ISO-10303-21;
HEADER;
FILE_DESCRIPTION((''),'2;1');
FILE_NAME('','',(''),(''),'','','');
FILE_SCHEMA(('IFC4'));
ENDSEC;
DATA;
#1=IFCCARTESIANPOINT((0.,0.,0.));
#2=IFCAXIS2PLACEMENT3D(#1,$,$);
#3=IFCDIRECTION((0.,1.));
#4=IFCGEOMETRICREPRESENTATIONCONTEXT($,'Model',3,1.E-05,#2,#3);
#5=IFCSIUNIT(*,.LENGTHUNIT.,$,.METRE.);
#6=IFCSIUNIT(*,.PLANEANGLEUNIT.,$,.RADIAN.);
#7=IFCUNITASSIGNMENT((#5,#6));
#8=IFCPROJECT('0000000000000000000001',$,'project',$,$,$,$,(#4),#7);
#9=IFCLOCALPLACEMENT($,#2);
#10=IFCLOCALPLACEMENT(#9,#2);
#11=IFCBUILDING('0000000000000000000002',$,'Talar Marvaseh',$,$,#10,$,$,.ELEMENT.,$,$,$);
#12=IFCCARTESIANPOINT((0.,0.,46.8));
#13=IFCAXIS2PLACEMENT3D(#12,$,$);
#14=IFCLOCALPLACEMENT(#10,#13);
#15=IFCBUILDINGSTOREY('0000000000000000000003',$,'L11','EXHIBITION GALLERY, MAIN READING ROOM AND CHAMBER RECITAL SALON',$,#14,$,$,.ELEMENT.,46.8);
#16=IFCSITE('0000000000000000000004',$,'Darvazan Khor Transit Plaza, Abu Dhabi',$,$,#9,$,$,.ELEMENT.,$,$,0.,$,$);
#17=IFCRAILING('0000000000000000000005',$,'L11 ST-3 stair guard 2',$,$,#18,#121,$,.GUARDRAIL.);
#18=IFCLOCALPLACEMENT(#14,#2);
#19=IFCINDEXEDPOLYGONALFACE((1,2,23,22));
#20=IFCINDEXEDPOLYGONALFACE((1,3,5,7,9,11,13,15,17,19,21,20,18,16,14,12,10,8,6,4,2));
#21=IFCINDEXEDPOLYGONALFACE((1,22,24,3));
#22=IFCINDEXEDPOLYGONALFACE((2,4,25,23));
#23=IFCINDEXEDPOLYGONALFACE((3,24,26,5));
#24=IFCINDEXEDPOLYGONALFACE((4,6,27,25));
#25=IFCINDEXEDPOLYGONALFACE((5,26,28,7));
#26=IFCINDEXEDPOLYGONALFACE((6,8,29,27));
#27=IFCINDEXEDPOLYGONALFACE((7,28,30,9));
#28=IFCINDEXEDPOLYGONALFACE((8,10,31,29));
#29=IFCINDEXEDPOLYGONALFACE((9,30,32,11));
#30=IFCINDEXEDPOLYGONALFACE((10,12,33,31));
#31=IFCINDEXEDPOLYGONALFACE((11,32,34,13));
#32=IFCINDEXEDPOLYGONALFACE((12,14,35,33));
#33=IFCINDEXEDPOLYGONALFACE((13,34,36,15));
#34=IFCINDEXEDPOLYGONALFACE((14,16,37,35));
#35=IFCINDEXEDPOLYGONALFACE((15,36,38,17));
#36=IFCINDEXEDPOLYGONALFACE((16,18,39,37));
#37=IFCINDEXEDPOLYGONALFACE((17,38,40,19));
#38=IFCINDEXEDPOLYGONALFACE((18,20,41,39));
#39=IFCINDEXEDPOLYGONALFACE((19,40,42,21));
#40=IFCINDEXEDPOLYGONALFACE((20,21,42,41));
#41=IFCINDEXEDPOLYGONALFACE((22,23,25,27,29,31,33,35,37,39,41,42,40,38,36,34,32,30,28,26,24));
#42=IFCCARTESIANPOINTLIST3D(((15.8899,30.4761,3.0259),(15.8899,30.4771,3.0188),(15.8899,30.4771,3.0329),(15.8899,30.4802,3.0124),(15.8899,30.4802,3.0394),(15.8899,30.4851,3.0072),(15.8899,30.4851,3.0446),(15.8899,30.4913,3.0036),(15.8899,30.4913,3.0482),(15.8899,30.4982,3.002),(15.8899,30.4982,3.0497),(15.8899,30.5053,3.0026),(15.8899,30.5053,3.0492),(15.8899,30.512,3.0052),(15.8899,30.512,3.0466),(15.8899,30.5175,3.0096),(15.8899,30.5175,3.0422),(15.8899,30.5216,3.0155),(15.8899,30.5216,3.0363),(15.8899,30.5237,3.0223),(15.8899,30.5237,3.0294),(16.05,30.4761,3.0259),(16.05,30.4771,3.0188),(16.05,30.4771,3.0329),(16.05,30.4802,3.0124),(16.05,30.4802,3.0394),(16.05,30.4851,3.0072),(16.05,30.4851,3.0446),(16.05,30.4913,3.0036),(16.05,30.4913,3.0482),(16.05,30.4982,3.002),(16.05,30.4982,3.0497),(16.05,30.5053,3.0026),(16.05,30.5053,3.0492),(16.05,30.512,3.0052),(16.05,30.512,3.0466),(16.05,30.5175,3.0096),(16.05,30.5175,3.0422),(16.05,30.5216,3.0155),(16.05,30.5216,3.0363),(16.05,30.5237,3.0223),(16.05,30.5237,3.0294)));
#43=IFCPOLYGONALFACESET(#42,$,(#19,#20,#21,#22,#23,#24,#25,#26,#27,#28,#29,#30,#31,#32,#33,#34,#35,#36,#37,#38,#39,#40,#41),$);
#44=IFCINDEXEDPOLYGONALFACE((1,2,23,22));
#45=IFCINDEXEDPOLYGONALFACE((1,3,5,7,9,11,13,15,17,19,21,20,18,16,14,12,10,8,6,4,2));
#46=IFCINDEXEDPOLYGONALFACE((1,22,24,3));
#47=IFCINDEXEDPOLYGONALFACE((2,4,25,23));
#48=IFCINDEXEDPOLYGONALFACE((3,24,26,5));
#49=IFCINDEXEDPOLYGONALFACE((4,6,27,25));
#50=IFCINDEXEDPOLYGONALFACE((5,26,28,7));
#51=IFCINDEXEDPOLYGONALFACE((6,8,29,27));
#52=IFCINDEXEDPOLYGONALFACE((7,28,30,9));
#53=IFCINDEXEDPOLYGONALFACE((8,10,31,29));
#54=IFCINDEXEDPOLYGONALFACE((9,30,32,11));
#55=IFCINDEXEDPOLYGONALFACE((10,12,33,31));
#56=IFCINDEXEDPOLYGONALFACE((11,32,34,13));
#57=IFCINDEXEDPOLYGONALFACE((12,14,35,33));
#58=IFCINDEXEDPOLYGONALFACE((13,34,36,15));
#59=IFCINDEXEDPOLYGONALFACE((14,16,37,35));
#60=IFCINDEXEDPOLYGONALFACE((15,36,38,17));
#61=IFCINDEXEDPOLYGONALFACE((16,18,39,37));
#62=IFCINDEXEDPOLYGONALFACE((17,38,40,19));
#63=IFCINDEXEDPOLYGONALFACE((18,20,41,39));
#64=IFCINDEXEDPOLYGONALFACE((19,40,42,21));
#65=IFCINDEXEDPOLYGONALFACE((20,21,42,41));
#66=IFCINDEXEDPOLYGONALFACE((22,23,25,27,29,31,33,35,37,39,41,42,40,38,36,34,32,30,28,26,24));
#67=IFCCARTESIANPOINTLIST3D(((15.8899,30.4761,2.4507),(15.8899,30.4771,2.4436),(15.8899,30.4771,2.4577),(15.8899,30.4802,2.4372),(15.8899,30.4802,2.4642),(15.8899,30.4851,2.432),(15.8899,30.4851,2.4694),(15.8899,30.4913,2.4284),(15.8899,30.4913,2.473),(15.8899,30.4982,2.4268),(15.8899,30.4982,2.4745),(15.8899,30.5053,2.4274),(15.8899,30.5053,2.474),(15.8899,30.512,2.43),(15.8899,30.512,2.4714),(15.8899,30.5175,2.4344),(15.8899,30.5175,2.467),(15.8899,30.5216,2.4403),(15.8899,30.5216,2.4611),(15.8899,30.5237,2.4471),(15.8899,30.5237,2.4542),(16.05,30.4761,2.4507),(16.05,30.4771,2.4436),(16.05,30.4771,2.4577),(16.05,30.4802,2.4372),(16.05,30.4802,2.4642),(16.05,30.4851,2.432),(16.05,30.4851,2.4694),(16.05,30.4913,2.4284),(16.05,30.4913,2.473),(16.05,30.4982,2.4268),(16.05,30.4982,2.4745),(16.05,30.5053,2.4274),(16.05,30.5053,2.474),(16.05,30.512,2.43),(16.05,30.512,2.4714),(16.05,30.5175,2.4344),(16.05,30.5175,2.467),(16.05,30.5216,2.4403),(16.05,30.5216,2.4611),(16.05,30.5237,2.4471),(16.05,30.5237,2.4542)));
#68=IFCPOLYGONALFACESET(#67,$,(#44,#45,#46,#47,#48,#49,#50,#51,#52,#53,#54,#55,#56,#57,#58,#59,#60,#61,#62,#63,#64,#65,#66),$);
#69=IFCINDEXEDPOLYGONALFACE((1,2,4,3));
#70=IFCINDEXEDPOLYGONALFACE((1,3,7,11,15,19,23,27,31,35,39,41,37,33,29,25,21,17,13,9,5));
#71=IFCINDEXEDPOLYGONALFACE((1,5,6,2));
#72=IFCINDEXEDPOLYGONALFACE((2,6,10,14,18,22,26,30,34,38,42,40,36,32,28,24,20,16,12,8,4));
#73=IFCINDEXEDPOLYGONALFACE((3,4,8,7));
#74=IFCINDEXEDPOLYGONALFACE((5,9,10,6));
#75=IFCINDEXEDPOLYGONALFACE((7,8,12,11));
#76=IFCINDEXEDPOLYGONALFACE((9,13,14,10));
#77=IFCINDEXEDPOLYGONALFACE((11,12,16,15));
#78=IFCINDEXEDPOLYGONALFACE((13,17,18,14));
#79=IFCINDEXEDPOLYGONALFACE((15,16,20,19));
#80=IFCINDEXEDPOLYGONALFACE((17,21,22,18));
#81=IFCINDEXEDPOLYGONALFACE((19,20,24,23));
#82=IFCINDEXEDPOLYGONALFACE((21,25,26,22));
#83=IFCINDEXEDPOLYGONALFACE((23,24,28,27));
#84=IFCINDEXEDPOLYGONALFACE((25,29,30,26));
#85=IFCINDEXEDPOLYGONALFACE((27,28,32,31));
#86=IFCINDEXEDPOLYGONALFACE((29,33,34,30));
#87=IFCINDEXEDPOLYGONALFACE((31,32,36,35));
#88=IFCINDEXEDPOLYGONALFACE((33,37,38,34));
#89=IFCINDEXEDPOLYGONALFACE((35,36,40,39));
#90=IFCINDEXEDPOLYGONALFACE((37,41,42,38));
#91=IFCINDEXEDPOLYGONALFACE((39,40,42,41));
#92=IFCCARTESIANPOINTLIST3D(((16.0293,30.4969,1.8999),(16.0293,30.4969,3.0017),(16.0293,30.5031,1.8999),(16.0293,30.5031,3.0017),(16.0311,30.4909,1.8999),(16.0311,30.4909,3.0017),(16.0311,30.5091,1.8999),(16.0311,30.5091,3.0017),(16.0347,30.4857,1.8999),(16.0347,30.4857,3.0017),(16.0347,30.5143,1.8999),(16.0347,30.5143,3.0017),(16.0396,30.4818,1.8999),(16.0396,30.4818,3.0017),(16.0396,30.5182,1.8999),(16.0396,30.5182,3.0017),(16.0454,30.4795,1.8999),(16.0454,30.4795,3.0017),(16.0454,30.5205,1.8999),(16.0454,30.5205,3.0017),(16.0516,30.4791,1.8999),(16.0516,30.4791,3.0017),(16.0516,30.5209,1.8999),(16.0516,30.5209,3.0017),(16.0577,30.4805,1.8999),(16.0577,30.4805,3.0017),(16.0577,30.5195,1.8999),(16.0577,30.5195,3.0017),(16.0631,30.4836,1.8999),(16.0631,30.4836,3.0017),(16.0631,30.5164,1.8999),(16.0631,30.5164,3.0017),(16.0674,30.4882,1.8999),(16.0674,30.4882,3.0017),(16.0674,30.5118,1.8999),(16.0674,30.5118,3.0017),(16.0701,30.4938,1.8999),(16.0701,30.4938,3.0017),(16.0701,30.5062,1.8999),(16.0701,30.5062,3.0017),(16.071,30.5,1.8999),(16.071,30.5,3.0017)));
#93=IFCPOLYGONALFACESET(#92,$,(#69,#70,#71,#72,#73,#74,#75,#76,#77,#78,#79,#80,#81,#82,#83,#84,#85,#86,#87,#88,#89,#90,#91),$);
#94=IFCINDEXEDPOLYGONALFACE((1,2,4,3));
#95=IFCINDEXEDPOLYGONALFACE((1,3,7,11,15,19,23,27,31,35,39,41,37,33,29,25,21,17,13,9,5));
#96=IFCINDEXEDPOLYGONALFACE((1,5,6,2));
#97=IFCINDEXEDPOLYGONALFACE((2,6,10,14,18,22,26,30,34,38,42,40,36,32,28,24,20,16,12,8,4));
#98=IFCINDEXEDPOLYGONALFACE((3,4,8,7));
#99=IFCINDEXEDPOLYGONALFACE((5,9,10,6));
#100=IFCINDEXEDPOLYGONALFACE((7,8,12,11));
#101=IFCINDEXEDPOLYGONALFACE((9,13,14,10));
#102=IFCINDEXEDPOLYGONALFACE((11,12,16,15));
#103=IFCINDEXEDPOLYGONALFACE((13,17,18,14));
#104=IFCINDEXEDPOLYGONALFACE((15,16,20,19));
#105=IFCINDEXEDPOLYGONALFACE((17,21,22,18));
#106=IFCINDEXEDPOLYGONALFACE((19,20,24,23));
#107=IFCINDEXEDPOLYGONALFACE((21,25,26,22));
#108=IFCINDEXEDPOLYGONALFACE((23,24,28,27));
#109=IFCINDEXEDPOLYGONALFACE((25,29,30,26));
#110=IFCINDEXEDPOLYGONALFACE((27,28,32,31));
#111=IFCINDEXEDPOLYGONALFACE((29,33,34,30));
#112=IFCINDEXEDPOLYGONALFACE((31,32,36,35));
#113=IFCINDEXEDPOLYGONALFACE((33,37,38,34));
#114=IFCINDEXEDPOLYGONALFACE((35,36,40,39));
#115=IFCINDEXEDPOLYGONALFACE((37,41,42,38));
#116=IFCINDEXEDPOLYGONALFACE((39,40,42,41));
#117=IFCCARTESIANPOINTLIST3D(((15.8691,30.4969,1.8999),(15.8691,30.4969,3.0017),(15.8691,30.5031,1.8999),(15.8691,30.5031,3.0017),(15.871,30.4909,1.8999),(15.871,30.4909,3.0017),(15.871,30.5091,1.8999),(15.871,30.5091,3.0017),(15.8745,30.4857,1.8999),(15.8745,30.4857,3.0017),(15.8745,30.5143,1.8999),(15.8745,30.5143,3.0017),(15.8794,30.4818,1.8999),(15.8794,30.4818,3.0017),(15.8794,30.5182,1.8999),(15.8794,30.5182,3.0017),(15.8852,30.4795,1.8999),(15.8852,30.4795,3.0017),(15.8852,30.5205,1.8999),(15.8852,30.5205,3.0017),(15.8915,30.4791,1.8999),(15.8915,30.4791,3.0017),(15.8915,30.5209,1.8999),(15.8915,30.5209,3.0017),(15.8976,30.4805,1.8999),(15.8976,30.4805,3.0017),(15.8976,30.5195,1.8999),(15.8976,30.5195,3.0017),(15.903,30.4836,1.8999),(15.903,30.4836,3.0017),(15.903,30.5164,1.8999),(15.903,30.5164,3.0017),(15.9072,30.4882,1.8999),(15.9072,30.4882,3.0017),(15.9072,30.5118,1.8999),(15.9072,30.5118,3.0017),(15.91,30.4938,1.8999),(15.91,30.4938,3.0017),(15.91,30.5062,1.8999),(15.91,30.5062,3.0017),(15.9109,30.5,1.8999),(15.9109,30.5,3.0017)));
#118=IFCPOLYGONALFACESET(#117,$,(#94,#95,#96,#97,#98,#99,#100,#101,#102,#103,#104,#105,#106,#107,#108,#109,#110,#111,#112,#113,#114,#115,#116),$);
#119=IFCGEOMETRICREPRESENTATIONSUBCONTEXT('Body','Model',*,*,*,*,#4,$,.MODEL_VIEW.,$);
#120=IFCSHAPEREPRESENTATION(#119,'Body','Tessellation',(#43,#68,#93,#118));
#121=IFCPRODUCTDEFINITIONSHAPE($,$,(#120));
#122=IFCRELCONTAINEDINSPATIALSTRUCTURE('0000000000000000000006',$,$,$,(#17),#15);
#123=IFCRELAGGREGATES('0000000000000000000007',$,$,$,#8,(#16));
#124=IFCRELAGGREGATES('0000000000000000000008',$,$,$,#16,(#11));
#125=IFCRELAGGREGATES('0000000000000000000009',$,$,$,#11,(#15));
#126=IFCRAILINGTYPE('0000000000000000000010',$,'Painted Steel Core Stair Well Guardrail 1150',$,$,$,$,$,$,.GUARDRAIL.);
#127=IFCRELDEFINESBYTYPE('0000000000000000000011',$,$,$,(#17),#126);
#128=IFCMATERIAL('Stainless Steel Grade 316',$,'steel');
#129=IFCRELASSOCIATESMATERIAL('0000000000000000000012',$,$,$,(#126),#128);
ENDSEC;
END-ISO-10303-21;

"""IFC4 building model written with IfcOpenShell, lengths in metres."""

from ifc_helpers import new_model, si_unit, direction, frame, origin, origin_2d, place, context, subcontext, project, spatial, circle, extrude, material, type_object, element, save


model = new_model("IFC4")

# Units and contexts
model_context = context("Model", 3, precision=1e-05, world=origin(), true_north=direction((0.0, 1.0)))
body_context = subcontext(model_context, "Body", "Model", "MODEL_VIEW")
ifc_project = project(units=[si_unit("LENGTHUNIT", "METRE"), si_unit("PLANEANGLEUNIT", "RADIAN")], contexts=[model_context])

# Site, building, storey
site_placement = place(None, origin())
site = spatial("IfcSite", under=ifc_project, at=site_placement, Name="Darvazan Khor Transit Plaza, Abu Dhabi", CompositionType="ELEMENT", RefElevation=0.0)
building_placement = place(site_placement, origin())
building = spatial("IfcBuilding", under=site, at=building_placement, Name="Talar Marvaseh", CompositionType="ELEMENT")
storey_placement = place(building_placement, frame((0.0, 0.0, 46.8)))
storey = spatial("IfcBuildingStorey", under=building, at=storey_placement, Name="L11", Description="EXHIBITION GALLERY, MAIN READING ROOM AND CHAMBER RECITAL SALON", CompositionType="ELEMENT", Elevation=46.8)

# Railing
ifc_material_1 = material(Name="Stainless Steel Grade 316", Category="steel")
railing_type_1 = type_object("IfcRailingType", Name="Painted Steel Core Stair Well Guardrail 1150", PredefinedType="GUARDRAIL", material=ifc_material_1)
railing_1_placement = place(storey_placement, frame((16.05, 30.5, 1.8999)))
element("IfcRailing", 1, at=railing_1_placement, inside=storey, type_object=railing_type_1, Name="L11 ST-3 stair guard 2", PredefinedType="GUARDRAIL", context=body_context, shape_type="SweptSolid", body=[
    extrude(circle(Radius=0.0239, at=origin_2d()), frame((0.0, 0.0, 1.126), z_axis=(-1.0, 0.0, 0.0), x_axis=(0.0, -1.0, 0.0)), (0.0, 0.0, 1.0), 0.1602),
    extrude(circle(Radius=0.0239, at=origin_2d()), frame((0.0, 0.0, 0.5508), z_axis=(-1.0, 0.0, 0.0), x_axis=(0.0, -1.0, 0.0)), (0.0, 0.0, 1.0), 0.1602),
    extrude(circle(Radius=0.021, at=origin_2d()), origin(), (0.0, 0.0, 1.0), 1.1018),
    extrude(circle(Radius=0.021, at=origin_2d()), frame((-0.1602, 0.0, 0.0)), (0.0, 0.0, 1.0), 1.1018),
])

save(model, "model.ifc")
